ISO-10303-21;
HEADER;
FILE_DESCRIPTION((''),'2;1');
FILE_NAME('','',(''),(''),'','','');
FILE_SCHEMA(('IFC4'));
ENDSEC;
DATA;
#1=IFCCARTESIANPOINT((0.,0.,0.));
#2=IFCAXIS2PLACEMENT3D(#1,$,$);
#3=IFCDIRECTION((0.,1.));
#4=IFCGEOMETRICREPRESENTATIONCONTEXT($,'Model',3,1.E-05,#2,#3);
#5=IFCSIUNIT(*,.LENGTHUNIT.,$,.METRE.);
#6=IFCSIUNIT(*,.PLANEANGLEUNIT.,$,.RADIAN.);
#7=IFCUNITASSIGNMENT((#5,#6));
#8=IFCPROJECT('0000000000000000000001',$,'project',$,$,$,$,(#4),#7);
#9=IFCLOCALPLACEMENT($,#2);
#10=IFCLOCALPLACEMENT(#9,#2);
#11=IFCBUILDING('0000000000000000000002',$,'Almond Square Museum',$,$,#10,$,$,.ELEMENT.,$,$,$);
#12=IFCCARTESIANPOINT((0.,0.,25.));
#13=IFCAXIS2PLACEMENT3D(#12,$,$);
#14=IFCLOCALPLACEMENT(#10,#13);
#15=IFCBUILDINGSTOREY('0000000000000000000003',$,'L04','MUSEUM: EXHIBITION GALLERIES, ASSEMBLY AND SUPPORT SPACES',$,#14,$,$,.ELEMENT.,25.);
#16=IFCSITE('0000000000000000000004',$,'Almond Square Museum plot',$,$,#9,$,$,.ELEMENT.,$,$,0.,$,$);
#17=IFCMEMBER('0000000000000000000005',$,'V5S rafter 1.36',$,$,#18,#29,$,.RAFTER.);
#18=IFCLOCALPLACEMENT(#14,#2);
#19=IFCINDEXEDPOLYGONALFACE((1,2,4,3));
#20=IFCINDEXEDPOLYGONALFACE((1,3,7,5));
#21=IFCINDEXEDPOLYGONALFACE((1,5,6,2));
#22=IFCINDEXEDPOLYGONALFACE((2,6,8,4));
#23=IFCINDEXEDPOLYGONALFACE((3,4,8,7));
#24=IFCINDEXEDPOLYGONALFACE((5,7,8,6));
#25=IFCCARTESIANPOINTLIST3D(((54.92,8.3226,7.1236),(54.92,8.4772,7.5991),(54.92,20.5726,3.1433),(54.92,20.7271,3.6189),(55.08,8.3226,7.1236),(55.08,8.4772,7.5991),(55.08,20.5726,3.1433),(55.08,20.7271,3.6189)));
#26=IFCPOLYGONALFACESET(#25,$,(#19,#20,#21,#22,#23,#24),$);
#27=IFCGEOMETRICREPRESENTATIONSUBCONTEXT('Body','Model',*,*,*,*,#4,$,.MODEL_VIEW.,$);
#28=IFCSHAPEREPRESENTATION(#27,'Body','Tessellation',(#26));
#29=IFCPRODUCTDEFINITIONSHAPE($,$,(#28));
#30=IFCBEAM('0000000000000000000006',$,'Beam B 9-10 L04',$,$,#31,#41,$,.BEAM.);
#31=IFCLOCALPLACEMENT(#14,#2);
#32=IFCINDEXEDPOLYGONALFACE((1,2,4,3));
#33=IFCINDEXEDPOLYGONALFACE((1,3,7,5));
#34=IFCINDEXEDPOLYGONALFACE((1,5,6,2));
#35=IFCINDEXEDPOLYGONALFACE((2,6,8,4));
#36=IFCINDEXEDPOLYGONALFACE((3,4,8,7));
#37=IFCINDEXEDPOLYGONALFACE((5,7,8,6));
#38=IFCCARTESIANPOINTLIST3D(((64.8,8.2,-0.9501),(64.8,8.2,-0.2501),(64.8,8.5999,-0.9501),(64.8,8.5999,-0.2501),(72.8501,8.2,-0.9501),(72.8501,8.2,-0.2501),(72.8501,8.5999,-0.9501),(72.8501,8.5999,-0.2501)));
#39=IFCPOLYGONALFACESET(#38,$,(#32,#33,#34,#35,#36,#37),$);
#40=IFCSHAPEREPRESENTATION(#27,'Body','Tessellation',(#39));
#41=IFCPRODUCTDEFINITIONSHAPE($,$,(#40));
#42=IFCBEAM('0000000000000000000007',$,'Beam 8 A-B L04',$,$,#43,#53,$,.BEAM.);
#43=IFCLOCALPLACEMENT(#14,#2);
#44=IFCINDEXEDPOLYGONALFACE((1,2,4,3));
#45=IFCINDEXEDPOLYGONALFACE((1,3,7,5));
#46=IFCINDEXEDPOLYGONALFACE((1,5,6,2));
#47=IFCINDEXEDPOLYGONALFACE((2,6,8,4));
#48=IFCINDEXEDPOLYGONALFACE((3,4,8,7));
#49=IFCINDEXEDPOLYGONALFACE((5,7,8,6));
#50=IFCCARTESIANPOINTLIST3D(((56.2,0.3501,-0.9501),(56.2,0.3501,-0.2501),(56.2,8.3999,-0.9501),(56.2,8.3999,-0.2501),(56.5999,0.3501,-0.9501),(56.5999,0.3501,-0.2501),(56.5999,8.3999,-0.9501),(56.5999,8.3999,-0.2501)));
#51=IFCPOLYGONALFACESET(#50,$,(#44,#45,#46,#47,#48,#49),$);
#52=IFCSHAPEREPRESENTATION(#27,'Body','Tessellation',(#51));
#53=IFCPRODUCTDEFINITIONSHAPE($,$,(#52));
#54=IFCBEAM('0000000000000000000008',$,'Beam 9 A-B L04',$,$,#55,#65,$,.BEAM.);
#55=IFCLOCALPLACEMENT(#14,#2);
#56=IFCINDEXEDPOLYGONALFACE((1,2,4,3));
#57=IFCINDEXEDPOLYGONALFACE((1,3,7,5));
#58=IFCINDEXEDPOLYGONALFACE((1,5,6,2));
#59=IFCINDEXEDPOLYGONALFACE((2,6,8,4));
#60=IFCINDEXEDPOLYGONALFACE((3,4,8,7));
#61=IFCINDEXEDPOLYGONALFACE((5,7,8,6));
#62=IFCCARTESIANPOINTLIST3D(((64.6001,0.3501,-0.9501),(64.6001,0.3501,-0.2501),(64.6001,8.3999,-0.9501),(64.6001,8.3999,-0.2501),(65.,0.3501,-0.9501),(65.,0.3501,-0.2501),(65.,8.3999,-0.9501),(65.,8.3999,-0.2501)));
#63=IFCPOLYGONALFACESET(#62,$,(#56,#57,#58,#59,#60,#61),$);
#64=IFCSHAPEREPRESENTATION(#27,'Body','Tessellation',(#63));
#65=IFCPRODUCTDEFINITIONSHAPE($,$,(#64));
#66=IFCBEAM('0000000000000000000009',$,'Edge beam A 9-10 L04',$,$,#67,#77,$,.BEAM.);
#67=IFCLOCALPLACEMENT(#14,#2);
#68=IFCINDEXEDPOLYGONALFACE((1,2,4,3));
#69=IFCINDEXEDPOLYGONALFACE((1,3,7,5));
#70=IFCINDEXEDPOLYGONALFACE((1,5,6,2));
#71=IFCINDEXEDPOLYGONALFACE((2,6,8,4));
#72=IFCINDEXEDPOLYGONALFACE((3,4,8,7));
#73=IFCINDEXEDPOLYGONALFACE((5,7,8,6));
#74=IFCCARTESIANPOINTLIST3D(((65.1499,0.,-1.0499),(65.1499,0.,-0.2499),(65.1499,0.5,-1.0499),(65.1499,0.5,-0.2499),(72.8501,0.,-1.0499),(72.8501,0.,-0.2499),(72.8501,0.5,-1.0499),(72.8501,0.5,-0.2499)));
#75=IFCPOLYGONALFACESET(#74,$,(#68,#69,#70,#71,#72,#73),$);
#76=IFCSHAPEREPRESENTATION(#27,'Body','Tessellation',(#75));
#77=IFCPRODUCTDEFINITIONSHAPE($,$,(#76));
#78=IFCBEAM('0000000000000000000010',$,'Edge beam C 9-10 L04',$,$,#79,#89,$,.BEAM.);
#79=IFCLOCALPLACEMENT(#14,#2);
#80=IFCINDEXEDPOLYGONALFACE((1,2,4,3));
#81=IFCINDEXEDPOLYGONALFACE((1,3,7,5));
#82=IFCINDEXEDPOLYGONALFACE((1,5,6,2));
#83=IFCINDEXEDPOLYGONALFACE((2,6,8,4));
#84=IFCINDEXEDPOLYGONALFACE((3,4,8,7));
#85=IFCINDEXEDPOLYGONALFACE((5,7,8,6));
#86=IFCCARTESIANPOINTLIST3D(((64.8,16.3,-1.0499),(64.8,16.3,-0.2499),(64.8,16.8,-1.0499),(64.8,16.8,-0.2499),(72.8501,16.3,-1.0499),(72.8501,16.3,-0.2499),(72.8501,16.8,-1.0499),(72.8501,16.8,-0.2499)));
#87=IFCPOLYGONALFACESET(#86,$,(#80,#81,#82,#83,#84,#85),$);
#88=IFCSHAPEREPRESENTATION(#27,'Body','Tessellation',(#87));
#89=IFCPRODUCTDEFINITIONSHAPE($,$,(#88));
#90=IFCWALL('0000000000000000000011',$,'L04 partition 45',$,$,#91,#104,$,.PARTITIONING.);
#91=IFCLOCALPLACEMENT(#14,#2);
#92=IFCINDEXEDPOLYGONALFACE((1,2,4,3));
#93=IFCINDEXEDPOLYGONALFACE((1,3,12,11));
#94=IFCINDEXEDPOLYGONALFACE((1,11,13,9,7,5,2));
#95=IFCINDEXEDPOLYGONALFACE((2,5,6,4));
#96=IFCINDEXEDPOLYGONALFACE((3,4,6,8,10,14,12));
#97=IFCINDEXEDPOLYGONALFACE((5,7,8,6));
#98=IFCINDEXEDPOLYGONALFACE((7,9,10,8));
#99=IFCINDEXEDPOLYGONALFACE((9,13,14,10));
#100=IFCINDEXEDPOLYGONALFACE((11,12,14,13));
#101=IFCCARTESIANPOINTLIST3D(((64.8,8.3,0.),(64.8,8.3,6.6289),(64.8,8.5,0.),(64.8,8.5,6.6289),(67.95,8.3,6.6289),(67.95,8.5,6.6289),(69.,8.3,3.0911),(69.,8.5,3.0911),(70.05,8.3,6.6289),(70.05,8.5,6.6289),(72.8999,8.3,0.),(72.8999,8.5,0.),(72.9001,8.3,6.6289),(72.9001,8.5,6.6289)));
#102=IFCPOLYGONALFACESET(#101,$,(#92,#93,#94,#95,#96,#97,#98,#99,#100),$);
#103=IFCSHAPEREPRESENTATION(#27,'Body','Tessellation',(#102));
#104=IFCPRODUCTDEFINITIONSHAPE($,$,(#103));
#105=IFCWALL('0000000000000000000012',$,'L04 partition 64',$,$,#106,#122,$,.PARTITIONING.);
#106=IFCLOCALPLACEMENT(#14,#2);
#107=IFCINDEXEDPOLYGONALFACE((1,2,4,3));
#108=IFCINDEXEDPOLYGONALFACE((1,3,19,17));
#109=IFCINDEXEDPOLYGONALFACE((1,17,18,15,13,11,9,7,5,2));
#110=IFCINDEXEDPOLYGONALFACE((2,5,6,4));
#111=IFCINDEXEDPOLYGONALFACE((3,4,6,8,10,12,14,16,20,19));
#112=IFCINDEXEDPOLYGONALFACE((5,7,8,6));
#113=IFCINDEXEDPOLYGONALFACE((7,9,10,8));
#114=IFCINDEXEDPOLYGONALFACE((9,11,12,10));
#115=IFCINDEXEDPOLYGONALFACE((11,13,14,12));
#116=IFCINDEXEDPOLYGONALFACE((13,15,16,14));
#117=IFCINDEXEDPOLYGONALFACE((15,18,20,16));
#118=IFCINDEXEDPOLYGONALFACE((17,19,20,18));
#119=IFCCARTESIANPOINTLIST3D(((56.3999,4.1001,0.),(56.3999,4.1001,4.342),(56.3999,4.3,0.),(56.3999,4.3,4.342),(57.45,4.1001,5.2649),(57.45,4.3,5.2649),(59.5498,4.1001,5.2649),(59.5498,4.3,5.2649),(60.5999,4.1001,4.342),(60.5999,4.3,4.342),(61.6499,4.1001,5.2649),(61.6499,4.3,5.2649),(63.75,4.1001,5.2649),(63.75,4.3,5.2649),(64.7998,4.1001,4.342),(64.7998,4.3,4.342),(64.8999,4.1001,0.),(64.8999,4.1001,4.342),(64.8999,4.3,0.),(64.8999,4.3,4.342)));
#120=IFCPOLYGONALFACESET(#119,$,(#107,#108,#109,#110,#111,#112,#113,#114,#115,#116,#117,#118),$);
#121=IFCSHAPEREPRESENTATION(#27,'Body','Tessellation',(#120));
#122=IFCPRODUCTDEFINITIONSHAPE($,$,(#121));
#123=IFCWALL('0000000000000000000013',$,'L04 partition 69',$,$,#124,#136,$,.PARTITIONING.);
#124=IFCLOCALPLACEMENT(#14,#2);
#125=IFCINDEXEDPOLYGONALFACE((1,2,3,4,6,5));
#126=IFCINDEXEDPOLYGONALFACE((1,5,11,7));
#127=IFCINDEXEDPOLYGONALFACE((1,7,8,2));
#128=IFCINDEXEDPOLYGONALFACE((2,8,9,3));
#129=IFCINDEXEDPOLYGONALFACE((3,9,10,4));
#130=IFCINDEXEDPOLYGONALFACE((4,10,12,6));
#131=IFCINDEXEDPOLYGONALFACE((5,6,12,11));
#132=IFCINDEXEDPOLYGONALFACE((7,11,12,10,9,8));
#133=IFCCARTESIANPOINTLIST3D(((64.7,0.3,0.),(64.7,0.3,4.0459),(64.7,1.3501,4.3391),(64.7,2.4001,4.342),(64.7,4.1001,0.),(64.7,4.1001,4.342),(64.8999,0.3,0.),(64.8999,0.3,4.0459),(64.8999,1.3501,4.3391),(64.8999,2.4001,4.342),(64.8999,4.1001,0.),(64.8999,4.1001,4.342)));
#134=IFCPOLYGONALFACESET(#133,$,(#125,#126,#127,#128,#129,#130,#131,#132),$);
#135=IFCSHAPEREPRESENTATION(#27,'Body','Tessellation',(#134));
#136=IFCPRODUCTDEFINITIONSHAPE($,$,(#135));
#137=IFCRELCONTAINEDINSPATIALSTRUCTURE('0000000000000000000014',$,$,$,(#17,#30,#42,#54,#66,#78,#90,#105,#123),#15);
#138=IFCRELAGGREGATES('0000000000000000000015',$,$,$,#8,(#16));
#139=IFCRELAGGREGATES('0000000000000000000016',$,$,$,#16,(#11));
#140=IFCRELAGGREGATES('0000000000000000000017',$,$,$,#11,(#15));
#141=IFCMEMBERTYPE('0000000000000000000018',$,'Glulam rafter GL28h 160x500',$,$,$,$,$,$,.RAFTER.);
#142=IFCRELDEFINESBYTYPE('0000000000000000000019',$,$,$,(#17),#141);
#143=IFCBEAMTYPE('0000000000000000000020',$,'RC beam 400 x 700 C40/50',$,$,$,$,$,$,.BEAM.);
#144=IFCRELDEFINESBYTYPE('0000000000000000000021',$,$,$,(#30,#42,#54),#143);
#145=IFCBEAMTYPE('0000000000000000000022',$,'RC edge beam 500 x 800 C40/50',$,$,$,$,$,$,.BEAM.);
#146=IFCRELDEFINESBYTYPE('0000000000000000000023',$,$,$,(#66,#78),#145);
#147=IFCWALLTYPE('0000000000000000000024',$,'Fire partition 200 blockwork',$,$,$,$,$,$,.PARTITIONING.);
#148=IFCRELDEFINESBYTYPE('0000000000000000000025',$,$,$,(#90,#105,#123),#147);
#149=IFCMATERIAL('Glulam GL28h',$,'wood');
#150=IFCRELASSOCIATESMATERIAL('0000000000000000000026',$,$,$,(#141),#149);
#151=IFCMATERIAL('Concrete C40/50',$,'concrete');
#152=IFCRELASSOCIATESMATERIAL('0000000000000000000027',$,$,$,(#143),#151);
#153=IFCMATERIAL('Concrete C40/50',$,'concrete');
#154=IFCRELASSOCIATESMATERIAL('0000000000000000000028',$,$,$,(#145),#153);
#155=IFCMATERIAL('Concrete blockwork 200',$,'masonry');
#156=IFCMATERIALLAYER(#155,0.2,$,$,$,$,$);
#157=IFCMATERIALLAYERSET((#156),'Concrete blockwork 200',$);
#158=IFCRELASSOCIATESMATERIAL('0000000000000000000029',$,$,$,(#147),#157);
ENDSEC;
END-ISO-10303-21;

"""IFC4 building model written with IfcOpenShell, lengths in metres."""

from ifc_helpers import new_model, si_unit, direction, frame, origin, origin_2d, place, context, subcontext, project, spatial, polyline, rectangle, outline, extrude, material, layer, layer_set, material_profile, profile_set, type_object, element, save


model = new_model("IFC4")

# Units and contexts
model_context = context("Model", 3, precision=1e-05, world=origin(), true_north=direction((0.0, 1.0)))
body_context = subcontext(model_context, "Body", "Model", "MODEL_VIEW")
ifc_project = project(units=[si_unit("LENGTHUNIT", "METRE"), si_unit("PLANEANGLEUNIT", "RADIAN")], contexts=[model_context])

# Site, building, storey
site_placement = place(None, origin())
site = spatial("IfcSite", under=ifc_project, at=site_placement, Name="Almond Square Museum plot", CompositionType="ELEMENT", RefElevation=0.0)
building_placement = place(site_placement, origin())
building = spatial("IfcBuilding", under=site, at=building_placement, Name="Almond Square Museum", CompositionType="ELEMENT")
storey_placement = place(building_placement, frame((0.0, 0.0, 25.0)))
storey = spatial("IfcBuildingStorey", under=building, at=storey_placement, Name="L04", Description="MUSEUM: EXHIBITION GALLERIES, ASSEMBLY AND SUPPORT SPACES", CompositionType="ELEMENT", Elevation=25.0)

# Member
ifc_material_1 = material(Name="Glulam GL28h", Category="wood")
ifc_material_profile_1 = material_profile(ifc_material_1, rectangle(XDim=0.1599, YDim=0.5, at=origin_2d()))
ifc_profile_set_1 = profile_set([ifc_material_profile_1], Name="Glulam GL28h")
member_type = type_object("IfcMemberType", Name="Glulam rafter GL28h 160x500", PredefinedType="RAFTER", material=ifc_profile_set_1)
member_placement = place(storey_placement, frame((55.0, 8.3999, 7.3613), z_axis=(0.0, 0.951057, -0.309014), x_axis=(-1.0, 0.0, 0.0)))
element("IfcMember", 1, at=member_placement, inside=storey, type_object=member_type, Name="V5S rafter 1.36", PredefinedType="RAFTER", context=body_context, shape_type="SweptSolid", body=[
    extrude(rectangle(XDim=0.1599, YDim=0.5, at=origin_2d()), origin(), (0.0, 0.0, 1.0), 12.8804),
])

# Beams
ifc_material_2 = material(Name="Concrete C40/50", Category="concrete")
ifc_material_profile_2 = material_profile(ifc_material_2, rectangle(XDim=0.3999, YDim=0.7, at=origin_2d()))
ifc_profile_set_2 = profile_set([ifc_material_profile_2], Name="Concrete C40/50")
beam_type_1 = type_object("IfcBeamType", Name="RC beam 400 x 700 C40/50", PredefinedType="BEAM", material=ifc_profile_set_2)
beam_1_placement = place(storey_placement, frame((64.8, 8.3999, -0.6001), z_axis=(1.0, 0.0, 0.0), x_axis=(0.0, 1.0, 0.0)))
element("IfcBeam", 2, at=beam_1_placement, inside=storey, type_object=beam_type_1, Name="Beam B 9-10 L04", PredefinedType="BEAM", context=body_context, shape_type="SweptSolid", body=[
    extrude(rectangle(XDim=0.3999, YDim=0.7, at=origin_2d()), origin(), (0.0, 0.0, 1.0), 8.05),
])
for number, where, z_axis, x_axis, name in (
    (3, (56.3999, 0.3501, -0.6001), (0.0, 1.0, 0.0), (-1.0, 0.0, 0.0), "Beam 8 A-B L04"),
    (4, (64.8, 0.3501, -0.6001), (0.0, 1.0, 0.0), (-1.0, 0.0, 0.0), "Beam 9 A-B L04"),
):
    element("IfcBeam", number, at=place(storey_placement, frame(where, z_axis=z_axis, x_axis=x_axis)), inside=storey, type_object=beam_type_1, Name=name, PredefinedType="BEAM", context=body_context, shape_type="SweptSolid", body=[
        extrude(rectangle(XDim=0.3999, YDim=0.7, at=origin_2d()), origin(), (0.0, 0.0, 1.0), 8.0498),
    ])
ifc_material_3 = material(Name="Concrete C40/50", Category="concrete")
ifc_material_profile_3 = material_profile(ifc_material_3, rectangle(XDim=0.5, YDim=0.8, at=origin_2d()))
ifc_profile_set_3 = profile_set([ifc_material_profile_3], Name="Concrete C40/50")
beam_type_2 = type_object("IfcBeamType", Name="RC edge beam 500 x 800 C40/50", PredefinedType="BEAM", material=ifc_profile_set_3)
beam_2_placement = place(storey_placement, frame((65.1499, 0.25, -0.6499), z_axis=(1.0, 0.0, 0.0), x_axis=(0.0, 1.0, 0.0)))
element("IfcBeam", 5, at=beam_2_placement, inside=storey, type_object=beam_type_2, Name="Edge beam A 9-10 L04", PredefinedType="BEAM", context=body_context, shape_type="SweptSolid", body=[
    extrude(rectangle(XDim=0.5, YDim=0.8, at=origin_2d()), origin(), (0.0, 0.0, 1.0), 7.7002),
])
beam_3_placement = place(storey_placement, frame((64.8, 16.55, -0.6499), z_axis=(1.0, 0.0, 0.0), x_axis=(0.0, 1.0, 0.0)))
element("IfcBeam", 6, at=beam_3_placement, inside=storey, type_object=beam_type_2, Name="Edge beam C 9-10 L04", PredefinedType="BEAM", context=body_context, shape_type="SweptSolid", body=[
    extrude(rectangle(XDim=0.5, YDim=0.8, at=origin_2d()), origin(), (0.0, 0.0, 1.0), 8.05),
])

# Walls
ifc_material_4 = material(Name="Concrete blockwork 200", Category="masonry")
ifc_layer_1 = layer(ifc_material_4, 0.2)
ifc_layer_set_1 = layer_set([ifc_layer_1], Name="Concrete blockwork 200")
wall_type_1 = type_object("IfcWallType", Name="Fire partition 200 blockwork", PredefinedType="PARTITIONING", material=ifc_layer_set_1)
wall_1_placement = place(storey_placement, frame((64.8, 8.3999, 0.0), z_axis=(0.0, 0.0, 1.0), x_axis=(1.0, 0.0, 0.0)))
element("IfcWall", 7, at=wall_1_placement, inside=storey, type_object=wall_type_1, Name="L04 partition 45", PredefinedType="PARTITIONING", context=body_context, shape_type="SweptSolid", body=[
    extrude(outline(polyline([(0.0, 0.0), (8.0999, 0.0), (8.1001, 6.6289), (5.25, 6.6289), (4.2, 3.0911), (3.1499, 6.6289), (0.0, 6.6289), (0.0, 0.0)])), frame((0.0, 0.1001, 0.0), z_axis=(0.0, -1.0, 0.0), x_axis=(1.0, 0.0, 0.0)), (0.0, 0.0, 1.0), 0.2),
])
wall_2_placement = place(storey_placement, frame((56.3999, 4.2, 0.0), z_axis=(0.0, 0.0, 1.0), x_axis=(1.0, 0.0, 0.0)))
element("IfcWall", 8, at=wall_2_placement, inside=storey, type_object=wall_type_1, Name="L04 partition 64", PredefinedType="PARTITIONING", context=body_context, shape_type="SweptSolid", body=[
    extrude(outline(polyline([(0.0, 0.0), (8.5, 0.0), (8.5, 4.342), (8.3999, 4.342), (7.3501, 5.2649), (5.25, 5.2649), (4.2, 4.342), (3.1499, 5.2649), (1.05, 5.2649), (0.0, 4.342), (0.0, 0.0)])), frame((0.0, 0.1001, 0.0), z_axis=(0.0, -1.0, 0.0), x_axis=(1.0, 0.0, 0.0)), (0.0, 0.0, 1.0), 0.2),
])
wall_3_placement = place(storey_placement, frame((64.8, 0.3, 0.0), z_axis=(0.0, 0.0, 1.0), x_axis=(0.0, 1.0, 0.0)))
element("IfcWall", 9, at=wall_3_placement, inside=storey, type_object=wall_type_1, Name="L04 partition 69", PredefinedType="PARTITIONING", context=body_context, shape_type="SweptSolid", body=[
    extrude(outline(polyline([(0.0, 0.0), (3.8, 0.0), (3.8, 4.342), (2.1001, 4.342), (1.05, 4.3391), (0.0, 4.0459), (0.0, 0.0)])), frame((0.0, 0.1001, 0.0), z_axis=(0.0, -1.0, 0.0), x_axis=(1.0, 0.0, 0.0)), (0.0, 0.0, 1.0), 0.2),
])

save(model, "model.ifc")
